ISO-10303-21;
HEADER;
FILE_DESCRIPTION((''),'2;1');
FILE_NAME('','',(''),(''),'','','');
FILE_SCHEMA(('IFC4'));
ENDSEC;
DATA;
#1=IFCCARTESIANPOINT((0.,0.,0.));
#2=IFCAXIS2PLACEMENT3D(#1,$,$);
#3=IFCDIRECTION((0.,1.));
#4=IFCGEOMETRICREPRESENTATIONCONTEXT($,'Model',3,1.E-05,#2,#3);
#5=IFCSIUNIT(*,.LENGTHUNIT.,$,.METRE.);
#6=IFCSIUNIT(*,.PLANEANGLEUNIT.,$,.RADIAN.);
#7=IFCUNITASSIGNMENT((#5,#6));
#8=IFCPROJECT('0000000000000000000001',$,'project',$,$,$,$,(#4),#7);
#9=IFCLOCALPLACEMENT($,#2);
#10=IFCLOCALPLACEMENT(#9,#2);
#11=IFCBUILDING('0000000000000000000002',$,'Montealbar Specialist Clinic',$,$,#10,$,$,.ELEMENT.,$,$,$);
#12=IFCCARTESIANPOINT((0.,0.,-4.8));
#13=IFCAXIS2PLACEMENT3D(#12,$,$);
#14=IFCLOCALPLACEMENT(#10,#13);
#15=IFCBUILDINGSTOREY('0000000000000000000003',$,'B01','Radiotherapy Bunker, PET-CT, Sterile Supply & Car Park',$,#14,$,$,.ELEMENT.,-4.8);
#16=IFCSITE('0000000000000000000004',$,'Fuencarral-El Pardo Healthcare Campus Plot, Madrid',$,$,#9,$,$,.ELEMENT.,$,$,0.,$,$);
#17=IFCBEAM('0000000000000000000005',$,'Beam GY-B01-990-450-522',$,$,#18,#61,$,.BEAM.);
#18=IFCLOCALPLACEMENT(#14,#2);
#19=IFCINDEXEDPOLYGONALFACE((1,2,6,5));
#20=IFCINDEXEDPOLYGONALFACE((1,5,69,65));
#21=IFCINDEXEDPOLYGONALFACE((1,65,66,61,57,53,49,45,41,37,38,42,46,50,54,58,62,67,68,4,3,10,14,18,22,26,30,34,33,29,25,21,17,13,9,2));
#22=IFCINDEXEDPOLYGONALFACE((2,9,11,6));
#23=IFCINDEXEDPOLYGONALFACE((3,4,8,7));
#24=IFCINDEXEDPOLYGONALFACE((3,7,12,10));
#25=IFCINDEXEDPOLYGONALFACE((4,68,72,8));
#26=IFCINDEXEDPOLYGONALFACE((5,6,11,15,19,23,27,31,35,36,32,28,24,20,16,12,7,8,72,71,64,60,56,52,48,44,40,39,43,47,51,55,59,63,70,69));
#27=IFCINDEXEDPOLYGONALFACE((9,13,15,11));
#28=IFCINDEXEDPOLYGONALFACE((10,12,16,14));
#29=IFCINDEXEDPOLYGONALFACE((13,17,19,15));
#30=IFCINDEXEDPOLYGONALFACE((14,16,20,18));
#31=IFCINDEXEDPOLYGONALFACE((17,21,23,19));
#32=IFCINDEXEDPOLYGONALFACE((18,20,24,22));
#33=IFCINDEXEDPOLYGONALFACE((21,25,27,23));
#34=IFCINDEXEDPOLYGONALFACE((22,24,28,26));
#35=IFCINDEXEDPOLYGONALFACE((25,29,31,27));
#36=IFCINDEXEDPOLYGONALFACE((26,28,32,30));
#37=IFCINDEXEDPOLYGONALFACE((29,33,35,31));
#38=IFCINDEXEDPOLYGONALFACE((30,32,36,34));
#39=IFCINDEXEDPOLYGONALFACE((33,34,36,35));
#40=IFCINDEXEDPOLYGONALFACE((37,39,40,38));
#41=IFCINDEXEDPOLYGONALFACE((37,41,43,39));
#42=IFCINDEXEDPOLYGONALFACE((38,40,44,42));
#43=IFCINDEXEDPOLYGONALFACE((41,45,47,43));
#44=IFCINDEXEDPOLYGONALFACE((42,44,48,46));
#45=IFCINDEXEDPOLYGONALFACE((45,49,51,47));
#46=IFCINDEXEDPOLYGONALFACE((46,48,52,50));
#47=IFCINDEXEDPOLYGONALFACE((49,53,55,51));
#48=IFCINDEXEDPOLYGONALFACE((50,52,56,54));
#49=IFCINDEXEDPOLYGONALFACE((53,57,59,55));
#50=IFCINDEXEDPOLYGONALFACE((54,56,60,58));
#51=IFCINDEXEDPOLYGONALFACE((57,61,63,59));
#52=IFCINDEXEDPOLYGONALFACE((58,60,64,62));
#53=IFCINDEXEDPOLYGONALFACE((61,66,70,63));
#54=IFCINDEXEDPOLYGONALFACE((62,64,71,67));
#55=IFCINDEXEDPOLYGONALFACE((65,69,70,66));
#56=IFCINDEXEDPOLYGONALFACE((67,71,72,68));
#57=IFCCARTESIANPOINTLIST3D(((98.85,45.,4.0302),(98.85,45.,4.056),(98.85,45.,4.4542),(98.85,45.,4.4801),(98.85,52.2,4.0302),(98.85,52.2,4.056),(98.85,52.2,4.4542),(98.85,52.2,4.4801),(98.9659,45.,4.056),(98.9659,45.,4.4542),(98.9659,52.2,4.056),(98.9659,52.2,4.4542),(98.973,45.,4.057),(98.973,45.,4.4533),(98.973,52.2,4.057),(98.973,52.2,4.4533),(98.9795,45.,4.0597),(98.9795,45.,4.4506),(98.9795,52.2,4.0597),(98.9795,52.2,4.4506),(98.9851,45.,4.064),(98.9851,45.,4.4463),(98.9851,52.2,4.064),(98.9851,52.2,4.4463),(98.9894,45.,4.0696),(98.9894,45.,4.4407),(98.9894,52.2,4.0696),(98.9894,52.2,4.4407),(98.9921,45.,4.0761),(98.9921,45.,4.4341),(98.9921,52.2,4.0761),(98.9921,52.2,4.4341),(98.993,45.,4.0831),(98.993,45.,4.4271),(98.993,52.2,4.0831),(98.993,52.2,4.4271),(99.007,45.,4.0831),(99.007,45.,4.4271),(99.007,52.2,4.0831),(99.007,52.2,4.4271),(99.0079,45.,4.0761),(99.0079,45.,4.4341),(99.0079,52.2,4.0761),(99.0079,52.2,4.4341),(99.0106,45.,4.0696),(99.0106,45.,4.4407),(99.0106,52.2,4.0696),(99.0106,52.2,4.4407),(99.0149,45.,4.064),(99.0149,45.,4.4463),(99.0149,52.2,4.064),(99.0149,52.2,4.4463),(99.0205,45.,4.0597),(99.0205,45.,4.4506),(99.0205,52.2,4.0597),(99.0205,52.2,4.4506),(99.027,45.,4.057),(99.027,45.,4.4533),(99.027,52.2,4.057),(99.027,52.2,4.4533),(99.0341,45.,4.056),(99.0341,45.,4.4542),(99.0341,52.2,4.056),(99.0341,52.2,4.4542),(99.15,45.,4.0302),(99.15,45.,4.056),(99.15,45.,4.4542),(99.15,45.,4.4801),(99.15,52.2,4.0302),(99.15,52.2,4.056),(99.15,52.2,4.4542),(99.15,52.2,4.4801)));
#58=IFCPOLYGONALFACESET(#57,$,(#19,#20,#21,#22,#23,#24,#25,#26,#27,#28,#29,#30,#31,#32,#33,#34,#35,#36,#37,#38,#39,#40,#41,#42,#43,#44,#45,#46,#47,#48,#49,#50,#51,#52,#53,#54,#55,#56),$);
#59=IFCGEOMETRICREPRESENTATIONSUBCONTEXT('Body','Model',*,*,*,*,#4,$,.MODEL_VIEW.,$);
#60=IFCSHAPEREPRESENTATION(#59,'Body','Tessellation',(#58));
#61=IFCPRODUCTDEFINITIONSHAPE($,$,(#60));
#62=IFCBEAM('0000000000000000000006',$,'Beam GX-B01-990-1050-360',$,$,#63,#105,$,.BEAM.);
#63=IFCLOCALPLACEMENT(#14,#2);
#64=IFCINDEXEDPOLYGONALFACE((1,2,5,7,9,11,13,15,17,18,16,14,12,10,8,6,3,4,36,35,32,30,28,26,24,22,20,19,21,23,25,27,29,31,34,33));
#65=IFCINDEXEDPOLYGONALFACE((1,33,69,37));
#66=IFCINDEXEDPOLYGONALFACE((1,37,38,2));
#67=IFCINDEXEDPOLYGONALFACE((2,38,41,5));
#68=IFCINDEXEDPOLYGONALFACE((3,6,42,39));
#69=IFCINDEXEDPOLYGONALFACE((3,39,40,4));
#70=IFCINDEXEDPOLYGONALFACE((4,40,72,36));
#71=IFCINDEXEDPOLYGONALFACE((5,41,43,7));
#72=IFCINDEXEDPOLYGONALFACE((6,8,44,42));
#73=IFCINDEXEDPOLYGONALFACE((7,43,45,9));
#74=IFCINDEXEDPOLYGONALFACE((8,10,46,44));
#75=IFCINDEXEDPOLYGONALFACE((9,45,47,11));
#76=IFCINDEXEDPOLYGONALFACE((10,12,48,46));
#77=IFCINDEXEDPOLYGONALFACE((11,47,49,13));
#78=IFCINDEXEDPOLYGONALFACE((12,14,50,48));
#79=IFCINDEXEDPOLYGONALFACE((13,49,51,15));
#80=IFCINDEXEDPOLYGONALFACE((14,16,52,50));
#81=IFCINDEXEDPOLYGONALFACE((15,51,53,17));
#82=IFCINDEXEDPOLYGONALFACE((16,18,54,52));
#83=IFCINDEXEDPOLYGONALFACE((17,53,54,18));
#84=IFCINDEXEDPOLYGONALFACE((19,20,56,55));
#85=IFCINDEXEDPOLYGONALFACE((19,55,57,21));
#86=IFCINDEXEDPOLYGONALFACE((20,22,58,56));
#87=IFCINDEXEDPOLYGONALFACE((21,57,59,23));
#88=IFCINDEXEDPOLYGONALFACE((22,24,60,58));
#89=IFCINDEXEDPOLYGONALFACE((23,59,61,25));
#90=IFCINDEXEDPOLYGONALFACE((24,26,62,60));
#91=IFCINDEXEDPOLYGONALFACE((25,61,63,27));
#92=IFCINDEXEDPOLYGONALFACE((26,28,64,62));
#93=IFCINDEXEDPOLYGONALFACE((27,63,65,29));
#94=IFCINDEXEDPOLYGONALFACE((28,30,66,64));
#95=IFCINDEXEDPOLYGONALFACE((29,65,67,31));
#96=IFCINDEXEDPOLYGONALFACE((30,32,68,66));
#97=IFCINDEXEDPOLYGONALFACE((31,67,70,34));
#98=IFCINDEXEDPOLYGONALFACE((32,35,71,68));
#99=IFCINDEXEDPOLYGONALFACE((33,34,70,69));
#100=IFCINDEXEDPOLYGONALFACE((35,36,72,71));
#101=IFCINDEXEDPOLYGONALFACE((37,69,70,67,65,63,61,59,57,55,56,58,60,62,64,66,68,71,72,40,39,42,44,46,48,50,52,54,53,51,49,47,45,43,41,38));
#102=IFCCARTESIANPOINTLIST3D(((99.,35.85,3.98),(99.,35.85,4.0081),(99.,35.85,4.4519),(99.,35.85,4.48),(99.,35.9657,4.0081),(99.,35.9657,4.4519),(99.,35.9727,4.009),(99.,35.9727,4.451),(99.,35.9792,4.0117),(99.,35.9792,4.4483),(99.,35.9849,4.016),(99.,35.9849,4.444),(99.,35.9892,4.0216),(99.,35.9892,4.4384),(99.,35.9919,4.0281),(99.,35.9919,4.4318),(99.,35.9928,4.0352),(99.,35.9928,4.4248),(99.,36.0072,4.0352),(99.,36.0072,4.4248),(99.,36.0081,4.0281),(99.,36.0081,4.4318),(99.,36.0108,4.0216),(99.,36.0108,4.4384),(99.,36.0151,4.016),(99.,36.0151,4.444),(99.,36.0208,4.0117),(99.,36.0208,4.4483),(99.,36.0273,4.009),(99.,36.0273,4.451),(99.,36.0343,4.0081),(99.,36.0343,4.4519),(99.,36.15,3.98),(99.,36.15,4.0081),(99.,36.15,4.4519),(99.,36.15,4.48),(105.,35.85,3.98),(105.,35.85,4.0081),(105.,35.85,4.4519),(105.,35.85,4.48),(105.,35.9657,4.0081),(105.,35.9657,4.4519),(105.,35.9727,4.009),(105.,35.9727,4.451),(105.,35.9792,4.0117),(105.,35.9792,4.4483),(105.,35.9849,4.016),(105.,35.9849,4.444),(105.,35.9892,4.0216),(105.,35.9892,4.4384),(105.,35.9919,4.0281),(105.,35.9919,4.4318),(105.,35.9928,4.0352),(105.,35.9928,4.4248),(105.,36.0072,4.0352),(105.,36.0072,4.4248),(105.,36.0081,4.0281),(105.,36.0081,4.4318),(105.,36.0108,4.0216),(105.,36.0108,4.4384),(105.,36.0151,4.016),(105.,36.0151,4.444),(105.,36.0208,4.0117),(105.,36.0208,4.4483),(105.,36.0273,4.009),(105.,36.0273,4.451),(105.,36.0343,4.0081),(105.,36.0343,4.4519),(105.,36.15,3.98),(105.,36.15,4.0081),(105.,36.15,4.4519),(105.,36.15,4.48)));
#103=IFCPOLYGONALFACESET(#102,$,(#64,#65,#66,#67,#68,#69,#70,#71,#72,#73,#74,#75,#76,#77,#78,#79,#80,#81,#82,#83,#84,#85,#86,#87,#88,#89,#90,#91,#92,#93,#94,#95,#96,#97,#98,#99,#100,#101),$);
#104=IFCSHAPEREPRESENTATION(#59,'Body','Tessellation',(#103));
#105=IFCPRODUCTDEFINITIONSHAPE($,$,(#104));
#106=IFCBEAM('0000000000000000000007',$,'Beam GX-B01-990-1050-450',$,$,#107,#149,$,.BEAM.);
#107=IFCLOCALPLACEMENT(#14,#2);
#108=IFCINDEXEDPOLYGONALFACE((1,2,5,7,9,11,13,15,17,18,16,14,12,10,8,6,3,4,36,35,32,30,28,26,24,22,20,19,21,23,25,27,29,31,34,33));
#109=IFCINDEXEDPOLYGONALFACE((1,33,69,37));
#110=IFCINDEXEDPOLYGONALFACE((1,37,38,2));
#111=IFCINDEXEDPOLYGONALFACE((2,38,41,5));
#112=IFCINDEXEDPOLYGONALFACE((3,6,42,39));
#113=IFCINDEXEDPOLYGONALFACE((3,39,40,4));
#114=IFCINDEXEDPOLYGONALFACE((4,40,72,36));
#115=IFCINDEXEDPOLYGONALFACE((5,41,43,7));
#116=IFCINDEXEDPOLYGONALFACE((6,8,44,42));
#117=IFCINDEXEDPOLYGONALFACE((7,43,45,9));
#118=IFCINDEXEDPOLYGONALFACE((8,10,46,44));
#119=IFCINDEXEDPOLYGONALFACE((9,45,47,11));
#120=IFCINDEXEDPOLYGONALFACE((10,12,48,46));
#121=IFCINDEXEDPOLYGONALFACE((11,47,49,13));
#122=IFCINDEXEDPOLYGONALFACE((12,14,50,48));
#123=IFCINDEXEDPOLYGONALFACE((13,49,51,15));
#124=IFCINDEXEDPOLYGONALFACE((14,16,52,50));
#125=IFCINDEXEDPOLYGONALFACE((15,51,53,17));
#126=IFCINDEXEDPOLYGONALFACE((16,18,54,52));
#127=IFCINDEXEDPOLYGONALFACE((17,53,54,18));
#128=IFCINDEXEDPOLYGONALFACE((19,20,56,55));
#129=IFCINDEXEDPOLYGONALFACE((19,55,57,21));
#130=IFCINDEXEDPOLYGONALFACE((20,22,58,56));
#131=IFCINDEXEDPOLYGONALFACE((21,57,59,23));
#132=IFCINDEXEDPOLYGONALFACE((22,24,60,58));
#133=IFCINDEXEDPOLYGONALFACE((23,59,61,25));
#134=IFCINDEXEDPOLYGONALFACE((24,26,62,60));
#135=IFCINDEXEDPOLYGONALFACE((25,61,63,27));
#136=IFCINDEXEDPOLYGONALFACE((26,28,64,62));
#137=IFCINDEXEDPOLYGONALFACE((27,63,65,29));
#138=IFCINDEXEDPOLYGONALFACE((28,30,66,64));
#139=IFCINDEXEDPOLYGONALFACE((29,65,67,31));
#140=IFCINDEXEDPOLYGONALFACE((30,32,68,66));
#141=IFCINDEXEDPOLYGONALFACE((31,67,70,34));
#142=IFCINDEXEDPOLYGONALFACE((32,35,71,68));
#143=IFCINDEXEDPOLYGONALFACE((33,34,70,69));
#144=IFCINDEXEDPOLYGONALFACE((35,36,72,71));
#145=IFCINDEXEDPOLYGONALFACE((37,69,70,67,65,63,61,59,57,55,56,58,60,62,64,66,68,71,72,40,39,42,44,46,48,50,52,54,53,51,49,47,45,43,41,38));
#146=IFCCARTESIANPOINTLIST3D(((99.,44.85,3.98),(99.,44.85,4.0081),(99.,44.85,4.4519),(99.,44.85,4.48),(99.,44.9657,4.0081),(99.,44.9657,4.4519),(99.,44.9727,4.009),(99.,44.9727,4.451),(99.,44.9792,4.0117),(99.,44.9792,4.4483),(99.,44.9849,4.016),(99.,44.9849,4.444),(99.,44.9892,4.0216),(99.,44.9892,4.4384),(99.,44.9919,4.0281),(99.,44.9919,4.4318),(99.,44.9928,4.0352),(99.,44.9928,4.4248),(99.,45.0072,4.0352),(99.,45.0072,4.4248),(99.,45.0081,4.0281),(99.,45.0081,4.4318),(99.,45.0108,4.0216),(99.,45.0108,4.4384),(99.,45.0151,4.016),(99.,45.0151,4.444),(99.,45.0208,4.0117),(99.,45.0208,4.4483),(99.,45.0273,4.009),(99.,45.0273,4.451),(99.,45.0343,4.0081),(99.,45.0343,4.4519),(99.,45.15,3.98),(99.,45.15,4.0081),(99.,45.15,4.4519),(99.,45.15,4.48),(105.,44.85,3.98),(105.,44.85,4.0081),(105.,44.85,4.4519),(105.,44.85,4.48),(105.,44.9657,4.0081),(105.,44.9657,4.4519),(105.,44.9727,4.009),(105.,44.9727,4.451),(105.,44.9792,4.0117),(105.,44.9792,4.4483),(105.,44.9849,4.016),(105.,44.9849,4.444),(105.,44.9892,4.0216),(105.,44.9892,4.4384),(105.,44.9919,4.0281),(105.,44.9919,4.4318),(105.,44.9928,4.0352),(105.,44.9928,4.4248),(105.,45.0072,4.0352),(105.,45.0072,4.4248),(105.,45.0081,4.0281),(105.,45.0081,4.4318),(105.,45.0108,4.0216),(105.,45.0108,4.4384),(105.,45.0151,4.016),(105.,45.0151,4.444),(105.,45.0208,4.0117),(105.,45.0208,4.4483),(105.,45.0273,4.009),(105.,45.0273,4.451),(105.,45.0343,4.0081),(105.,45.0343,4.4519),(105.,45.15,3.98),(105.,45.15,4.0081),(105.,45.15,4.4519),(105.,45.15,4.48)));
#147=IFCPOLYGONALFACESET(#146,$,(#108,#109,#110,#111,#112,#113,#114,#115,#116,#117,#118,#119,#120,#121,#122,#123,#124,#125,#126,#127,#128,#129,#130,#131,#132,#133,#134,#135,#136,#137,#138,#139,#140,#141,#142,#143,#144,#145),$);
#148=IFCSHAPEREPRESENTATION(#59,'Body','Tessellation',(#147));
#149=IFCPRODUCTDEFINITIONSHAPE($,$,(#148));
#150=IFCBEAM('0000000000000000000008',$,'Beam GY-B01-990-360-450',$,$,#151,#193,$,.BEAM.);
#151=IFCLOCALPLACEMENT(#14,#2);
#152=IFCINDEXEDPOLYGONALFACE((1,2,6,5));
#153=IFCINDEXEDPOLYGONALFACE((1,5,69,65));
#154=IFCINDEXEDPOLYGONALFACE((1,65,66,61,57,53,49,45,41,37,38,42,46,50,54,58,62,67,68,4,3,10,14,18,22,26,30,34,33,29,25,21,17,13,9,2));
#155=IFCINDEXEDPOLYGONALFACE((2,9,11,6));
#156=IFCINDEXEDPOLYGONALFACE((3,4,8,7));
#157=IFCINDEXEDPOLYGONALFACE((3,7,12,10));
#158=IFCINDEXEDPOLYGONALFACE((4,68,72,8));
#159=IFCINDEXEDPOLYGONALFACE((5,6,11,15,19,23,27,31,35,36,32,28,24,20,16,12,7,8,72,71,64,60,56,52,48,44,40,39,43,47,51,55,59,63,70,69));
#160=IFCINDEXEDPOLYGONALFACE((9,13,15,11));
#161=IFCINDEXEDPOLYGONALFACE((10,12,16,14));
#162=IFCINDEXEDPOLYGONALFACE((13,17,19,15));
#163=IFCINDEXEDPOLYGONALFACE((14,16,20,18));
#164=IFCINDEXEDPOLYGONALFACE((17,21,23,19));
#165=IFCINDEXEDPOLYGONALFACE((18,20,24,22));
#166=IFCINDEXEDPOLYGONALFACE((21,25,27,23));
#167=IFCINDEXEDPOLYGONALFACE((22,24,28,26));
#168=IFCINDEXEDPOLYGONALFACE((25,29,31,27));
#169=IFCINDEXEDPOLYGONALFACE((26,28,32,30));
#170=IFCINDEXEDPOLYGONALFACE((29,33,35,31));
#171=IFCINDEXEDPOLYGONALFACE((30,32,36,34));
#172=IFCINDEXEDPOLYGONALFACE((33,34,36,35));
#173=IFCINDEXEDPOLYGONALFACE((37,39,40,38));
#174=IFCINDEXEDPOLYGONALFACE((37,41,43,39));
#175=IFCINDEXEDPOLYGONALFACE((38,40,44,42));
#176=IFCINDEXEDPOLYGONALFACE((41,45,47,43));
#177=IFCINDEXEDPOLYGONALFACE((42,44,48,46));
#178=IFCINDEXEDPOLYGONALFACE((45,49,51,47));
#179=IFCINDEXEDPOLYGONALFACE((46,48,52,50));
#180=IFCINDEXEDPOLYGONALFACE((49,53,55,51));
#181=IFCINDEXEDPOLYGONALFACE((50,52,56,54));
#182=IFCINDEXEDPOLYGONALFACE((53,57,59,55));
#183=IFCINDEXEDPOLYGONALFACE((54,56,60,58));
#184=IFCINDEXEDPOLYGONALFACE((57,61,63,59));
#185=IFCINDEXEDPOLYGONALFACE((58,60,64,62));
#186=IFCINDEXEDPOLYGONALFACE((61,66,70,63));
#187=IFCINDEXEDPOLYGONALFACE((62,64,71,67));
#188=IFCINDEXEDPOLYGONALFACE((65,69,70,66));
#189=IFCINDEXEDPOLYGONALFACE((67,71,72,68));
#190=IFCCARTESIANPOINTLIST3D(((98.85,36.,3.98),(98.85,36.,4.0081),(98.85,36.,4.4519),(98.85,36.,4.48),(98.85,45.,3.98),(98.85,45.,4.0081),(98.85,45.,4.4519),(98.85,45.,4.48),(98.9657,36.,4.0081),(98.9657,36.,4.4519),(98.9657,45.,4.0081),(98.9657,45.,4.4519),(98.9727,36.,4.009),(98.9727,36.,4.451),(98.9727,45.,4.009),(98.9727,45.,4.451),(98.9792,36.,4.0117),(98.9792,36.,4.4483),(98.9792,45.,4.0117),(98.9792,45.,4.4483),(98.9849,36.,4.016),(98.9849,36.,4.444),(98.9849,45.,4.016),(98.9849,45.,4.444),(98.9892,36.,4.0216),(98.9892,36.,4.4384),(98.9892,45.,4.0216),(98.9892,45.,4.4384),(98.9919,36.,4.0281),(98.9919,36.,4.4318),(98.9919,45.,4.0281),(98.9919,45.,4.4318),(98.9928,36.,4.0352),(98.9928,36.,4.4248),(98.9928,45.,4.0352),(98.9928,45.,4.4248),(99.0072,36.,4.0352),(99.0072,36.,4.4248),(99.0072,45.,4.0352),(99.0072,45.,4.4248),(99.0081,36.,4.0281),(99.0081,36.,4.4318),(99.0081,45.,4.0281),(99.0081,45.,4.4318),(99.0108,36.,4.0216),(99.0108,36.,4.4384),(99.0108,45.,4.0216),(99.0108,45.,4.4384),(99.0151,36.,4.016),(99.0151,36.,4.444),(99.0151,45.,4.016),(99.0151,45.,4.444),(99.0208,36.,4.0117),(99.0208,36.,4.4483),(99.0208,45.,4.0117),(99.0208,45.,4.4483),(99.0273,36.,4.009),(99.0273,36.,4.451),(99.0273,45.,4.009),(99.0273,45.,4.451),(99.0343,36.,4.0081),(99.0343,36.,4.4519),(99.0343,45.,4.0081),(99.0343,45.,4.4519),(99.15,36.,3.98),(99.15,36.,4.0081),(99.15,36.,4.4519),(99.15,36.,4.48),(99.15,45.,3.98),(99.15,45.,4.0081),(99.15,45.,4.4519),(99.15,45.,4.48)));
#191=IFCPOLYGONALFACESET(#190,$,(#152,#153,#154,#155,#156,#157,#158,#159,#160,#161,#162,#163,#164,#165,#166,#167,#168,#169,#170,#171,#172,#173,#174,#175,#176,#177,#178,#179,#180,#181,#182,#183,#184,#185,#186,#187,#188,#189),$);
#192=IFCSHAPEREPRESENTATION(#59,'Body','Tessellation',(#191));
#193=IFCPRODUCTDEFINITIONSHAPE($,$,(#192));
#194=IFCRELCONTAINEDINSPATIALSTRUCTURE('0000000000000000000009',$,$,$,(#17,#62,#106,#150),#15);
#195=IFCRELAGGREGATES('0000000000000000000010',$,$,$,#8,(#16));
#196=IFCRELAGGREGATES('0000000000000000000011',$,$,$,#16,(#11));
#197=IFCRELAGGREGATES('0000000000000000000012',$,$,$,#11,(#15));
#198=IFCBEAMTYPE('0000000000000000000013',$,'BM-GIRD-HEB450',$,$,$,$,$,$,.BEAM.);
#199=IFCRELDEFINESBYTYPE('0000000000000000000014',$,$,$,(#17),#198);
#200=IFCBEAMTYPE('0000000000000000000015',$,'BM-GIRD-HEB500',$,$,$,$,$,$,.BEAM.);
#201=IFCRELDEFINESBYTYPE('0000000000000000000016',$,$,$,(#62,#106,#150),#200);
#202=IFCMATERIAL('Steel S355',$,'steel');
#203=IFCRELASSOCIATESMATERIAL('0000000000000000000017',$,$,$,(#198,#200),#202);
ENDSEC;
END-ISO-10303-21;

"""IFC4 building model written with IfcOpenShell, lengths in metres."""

from ifc_helpers import new_model, si_unit, direction, frame, origin, origin_2d, place, context, subcontext, project, spatial, i_section, extrude, material, material_profile, profile_set, type_object, element, save


model = new_model("IFC4")

# Units and contexts
model_context = context("Model", 3, precision=1e-05, world=origin(), true_north=direction((0.0, 1.0)))
body_context = subcontext(model_context, "Body", "Model", "MODEL_VIEW")
ifc_project = project(units=[si_unit("LENGTHUNIT", "METRE"), si_unit("PLANEANGLEUNIT", "RADIAN")], contexts=[model_context])

# Site, building, storey
site_placement = place(None, origin())
site = spatial("IfcSite", under=ifc_project, at=site_placement, Name="Fuencarral-El Pardo Healthcare Campus Plot, Madrid", CompositionType="ELEMENT", RefElevation=0.0)
building_placement = place(site_placement, origin())
building = spatial("IfcBuilding", under=site, at=building_placement, Name="Montealbar Specialist Clinic", CompositionType="ELEMENT")
storey_placement = place(building_placement, frame((0.0, 0.0, -4.8)))
storey = spatial("IfcBuildingStorey", under=building, at=storey_placement, Name="B01", Description="Radiotherapy Bunker, PET-CT, Sterile Supply & Car Park", CompositionType="ELEMENT", Elevation=-4.8)

# Shared definitions
ifc_material_1 = material(Name="Steel S355", Category="steel")

# Beams
ifc_material_profile_1 = material_profile(ifc_material_1, i_section(OverallWidth=0.3, OverallDepth=0.45, WebThickness=0.0139, FlangeThickness=0.0259, FilletRadius=0.0271, at=origin_2d()), Name="HEB 450", Category="steel")
ifc_profile_set_1 = profile_set([ifc_material_profile_1], Name="Steel S355")
beam_type_1 = type_object("IfcBeamType", Name="BM-GIRD-HEB450", PredefinedType="BEAM", material=ifc_profile_set_1)
beam_1_placement = place(storey_placement, frame((99.0, 45.0, 4.2551), z_axis=(0.0, 1.0, 0.0), x_axis=(-1.0, 0.0, 0.0)))
element("IfcBeam", 1, at=beam_1_placement, inside=storey, type_object=beam_type_1, Name="Beam GY-B01-990-450-522", PredefinedType="BEAM", context=body_context, shape_type="SweptSolid", body=[
    extrude(i_section(OverallWidth=0.3, OverallDepth=0.45, WebThickness=0.0139, FlangeThickness=0.0259, FilletRadius=0.0271, at=origin_2d()), origin(), (0.0, 0.0, 1.0), 7.2),
])
ifc_material_profile_2 = material_profile(ifc_material_1, i_section(OverallWidth=0.3, OverallDepth=0.5, WebThickness=0.0144, FlangeThickness=0.0281, FilletRadius=0.0271, at=origin_2d()), Name="HEB 500", Category="steel")
ifc_profile_set_2 = profile_set([ifc_material_profile_2], Name="Steel S355")
beam_type_2 = type_object("IfcBeamType", Name="BM-GIRD-HEB500", PredefinedType="BEAM", material=ifc_profile_set_2)
for number, where, z_axis, x_axis, name in (
    (2, (99.0, 36.0, 4.23), (1.0, 0.0, 0.0), (0.0, 1.0, 0.0), "Beam GX-B01-990-1050-360"),
    (3, (99.0, 45.0, 4.23), (1.0, 0.0, 0.0), (0.0, 1.0, 0.0), "Beam GX-B01-990-1050-450"),
):
    element("IfcBeam", number, at=place(storey_placement, frame(where, z_axis=z_axis, x_axis=x_axis)), inside=storey, type_object=beam_type_2, Name=name, PredefinedType="BEAM", context=body_context, shape_type="SweptSolid", body=[
        extrude(i_section(OverallWidth=0.3, OverallDepth=0.5, WebThickness=0.0144, FlangeThickness=0.0281, FilletRadius=0.0271, at=origin_2d()), origin(), (0.0, 0.0, 1.0), 6.0),
    ])
beam_2_placement = place(storey_placement, frame((99.0, 36.0, 4.23), z_axis=(0.0, 1.0, 0.0), x_axis=(-1.0, 0.0, 0.0)))
element("IfcBeam", 4, at=beam_2_placement, inside=storey, type_object=beam_type_2, Name="Beam GY-B01-990-360-450", PredefinedType="BEAM", context=body_context, shape_type="SweptSolid", body=[
    extrude(i_section(OverallWidth=0.3, OverallDepth=0.5, WebThickness=0.0144, FlangeThickness=0.0281, FilletRadius=0.0271, at=origin_2d()), origin(), (0.0, 0.0, 1.0), 9.0),
])

save(model, "model.ifc")
